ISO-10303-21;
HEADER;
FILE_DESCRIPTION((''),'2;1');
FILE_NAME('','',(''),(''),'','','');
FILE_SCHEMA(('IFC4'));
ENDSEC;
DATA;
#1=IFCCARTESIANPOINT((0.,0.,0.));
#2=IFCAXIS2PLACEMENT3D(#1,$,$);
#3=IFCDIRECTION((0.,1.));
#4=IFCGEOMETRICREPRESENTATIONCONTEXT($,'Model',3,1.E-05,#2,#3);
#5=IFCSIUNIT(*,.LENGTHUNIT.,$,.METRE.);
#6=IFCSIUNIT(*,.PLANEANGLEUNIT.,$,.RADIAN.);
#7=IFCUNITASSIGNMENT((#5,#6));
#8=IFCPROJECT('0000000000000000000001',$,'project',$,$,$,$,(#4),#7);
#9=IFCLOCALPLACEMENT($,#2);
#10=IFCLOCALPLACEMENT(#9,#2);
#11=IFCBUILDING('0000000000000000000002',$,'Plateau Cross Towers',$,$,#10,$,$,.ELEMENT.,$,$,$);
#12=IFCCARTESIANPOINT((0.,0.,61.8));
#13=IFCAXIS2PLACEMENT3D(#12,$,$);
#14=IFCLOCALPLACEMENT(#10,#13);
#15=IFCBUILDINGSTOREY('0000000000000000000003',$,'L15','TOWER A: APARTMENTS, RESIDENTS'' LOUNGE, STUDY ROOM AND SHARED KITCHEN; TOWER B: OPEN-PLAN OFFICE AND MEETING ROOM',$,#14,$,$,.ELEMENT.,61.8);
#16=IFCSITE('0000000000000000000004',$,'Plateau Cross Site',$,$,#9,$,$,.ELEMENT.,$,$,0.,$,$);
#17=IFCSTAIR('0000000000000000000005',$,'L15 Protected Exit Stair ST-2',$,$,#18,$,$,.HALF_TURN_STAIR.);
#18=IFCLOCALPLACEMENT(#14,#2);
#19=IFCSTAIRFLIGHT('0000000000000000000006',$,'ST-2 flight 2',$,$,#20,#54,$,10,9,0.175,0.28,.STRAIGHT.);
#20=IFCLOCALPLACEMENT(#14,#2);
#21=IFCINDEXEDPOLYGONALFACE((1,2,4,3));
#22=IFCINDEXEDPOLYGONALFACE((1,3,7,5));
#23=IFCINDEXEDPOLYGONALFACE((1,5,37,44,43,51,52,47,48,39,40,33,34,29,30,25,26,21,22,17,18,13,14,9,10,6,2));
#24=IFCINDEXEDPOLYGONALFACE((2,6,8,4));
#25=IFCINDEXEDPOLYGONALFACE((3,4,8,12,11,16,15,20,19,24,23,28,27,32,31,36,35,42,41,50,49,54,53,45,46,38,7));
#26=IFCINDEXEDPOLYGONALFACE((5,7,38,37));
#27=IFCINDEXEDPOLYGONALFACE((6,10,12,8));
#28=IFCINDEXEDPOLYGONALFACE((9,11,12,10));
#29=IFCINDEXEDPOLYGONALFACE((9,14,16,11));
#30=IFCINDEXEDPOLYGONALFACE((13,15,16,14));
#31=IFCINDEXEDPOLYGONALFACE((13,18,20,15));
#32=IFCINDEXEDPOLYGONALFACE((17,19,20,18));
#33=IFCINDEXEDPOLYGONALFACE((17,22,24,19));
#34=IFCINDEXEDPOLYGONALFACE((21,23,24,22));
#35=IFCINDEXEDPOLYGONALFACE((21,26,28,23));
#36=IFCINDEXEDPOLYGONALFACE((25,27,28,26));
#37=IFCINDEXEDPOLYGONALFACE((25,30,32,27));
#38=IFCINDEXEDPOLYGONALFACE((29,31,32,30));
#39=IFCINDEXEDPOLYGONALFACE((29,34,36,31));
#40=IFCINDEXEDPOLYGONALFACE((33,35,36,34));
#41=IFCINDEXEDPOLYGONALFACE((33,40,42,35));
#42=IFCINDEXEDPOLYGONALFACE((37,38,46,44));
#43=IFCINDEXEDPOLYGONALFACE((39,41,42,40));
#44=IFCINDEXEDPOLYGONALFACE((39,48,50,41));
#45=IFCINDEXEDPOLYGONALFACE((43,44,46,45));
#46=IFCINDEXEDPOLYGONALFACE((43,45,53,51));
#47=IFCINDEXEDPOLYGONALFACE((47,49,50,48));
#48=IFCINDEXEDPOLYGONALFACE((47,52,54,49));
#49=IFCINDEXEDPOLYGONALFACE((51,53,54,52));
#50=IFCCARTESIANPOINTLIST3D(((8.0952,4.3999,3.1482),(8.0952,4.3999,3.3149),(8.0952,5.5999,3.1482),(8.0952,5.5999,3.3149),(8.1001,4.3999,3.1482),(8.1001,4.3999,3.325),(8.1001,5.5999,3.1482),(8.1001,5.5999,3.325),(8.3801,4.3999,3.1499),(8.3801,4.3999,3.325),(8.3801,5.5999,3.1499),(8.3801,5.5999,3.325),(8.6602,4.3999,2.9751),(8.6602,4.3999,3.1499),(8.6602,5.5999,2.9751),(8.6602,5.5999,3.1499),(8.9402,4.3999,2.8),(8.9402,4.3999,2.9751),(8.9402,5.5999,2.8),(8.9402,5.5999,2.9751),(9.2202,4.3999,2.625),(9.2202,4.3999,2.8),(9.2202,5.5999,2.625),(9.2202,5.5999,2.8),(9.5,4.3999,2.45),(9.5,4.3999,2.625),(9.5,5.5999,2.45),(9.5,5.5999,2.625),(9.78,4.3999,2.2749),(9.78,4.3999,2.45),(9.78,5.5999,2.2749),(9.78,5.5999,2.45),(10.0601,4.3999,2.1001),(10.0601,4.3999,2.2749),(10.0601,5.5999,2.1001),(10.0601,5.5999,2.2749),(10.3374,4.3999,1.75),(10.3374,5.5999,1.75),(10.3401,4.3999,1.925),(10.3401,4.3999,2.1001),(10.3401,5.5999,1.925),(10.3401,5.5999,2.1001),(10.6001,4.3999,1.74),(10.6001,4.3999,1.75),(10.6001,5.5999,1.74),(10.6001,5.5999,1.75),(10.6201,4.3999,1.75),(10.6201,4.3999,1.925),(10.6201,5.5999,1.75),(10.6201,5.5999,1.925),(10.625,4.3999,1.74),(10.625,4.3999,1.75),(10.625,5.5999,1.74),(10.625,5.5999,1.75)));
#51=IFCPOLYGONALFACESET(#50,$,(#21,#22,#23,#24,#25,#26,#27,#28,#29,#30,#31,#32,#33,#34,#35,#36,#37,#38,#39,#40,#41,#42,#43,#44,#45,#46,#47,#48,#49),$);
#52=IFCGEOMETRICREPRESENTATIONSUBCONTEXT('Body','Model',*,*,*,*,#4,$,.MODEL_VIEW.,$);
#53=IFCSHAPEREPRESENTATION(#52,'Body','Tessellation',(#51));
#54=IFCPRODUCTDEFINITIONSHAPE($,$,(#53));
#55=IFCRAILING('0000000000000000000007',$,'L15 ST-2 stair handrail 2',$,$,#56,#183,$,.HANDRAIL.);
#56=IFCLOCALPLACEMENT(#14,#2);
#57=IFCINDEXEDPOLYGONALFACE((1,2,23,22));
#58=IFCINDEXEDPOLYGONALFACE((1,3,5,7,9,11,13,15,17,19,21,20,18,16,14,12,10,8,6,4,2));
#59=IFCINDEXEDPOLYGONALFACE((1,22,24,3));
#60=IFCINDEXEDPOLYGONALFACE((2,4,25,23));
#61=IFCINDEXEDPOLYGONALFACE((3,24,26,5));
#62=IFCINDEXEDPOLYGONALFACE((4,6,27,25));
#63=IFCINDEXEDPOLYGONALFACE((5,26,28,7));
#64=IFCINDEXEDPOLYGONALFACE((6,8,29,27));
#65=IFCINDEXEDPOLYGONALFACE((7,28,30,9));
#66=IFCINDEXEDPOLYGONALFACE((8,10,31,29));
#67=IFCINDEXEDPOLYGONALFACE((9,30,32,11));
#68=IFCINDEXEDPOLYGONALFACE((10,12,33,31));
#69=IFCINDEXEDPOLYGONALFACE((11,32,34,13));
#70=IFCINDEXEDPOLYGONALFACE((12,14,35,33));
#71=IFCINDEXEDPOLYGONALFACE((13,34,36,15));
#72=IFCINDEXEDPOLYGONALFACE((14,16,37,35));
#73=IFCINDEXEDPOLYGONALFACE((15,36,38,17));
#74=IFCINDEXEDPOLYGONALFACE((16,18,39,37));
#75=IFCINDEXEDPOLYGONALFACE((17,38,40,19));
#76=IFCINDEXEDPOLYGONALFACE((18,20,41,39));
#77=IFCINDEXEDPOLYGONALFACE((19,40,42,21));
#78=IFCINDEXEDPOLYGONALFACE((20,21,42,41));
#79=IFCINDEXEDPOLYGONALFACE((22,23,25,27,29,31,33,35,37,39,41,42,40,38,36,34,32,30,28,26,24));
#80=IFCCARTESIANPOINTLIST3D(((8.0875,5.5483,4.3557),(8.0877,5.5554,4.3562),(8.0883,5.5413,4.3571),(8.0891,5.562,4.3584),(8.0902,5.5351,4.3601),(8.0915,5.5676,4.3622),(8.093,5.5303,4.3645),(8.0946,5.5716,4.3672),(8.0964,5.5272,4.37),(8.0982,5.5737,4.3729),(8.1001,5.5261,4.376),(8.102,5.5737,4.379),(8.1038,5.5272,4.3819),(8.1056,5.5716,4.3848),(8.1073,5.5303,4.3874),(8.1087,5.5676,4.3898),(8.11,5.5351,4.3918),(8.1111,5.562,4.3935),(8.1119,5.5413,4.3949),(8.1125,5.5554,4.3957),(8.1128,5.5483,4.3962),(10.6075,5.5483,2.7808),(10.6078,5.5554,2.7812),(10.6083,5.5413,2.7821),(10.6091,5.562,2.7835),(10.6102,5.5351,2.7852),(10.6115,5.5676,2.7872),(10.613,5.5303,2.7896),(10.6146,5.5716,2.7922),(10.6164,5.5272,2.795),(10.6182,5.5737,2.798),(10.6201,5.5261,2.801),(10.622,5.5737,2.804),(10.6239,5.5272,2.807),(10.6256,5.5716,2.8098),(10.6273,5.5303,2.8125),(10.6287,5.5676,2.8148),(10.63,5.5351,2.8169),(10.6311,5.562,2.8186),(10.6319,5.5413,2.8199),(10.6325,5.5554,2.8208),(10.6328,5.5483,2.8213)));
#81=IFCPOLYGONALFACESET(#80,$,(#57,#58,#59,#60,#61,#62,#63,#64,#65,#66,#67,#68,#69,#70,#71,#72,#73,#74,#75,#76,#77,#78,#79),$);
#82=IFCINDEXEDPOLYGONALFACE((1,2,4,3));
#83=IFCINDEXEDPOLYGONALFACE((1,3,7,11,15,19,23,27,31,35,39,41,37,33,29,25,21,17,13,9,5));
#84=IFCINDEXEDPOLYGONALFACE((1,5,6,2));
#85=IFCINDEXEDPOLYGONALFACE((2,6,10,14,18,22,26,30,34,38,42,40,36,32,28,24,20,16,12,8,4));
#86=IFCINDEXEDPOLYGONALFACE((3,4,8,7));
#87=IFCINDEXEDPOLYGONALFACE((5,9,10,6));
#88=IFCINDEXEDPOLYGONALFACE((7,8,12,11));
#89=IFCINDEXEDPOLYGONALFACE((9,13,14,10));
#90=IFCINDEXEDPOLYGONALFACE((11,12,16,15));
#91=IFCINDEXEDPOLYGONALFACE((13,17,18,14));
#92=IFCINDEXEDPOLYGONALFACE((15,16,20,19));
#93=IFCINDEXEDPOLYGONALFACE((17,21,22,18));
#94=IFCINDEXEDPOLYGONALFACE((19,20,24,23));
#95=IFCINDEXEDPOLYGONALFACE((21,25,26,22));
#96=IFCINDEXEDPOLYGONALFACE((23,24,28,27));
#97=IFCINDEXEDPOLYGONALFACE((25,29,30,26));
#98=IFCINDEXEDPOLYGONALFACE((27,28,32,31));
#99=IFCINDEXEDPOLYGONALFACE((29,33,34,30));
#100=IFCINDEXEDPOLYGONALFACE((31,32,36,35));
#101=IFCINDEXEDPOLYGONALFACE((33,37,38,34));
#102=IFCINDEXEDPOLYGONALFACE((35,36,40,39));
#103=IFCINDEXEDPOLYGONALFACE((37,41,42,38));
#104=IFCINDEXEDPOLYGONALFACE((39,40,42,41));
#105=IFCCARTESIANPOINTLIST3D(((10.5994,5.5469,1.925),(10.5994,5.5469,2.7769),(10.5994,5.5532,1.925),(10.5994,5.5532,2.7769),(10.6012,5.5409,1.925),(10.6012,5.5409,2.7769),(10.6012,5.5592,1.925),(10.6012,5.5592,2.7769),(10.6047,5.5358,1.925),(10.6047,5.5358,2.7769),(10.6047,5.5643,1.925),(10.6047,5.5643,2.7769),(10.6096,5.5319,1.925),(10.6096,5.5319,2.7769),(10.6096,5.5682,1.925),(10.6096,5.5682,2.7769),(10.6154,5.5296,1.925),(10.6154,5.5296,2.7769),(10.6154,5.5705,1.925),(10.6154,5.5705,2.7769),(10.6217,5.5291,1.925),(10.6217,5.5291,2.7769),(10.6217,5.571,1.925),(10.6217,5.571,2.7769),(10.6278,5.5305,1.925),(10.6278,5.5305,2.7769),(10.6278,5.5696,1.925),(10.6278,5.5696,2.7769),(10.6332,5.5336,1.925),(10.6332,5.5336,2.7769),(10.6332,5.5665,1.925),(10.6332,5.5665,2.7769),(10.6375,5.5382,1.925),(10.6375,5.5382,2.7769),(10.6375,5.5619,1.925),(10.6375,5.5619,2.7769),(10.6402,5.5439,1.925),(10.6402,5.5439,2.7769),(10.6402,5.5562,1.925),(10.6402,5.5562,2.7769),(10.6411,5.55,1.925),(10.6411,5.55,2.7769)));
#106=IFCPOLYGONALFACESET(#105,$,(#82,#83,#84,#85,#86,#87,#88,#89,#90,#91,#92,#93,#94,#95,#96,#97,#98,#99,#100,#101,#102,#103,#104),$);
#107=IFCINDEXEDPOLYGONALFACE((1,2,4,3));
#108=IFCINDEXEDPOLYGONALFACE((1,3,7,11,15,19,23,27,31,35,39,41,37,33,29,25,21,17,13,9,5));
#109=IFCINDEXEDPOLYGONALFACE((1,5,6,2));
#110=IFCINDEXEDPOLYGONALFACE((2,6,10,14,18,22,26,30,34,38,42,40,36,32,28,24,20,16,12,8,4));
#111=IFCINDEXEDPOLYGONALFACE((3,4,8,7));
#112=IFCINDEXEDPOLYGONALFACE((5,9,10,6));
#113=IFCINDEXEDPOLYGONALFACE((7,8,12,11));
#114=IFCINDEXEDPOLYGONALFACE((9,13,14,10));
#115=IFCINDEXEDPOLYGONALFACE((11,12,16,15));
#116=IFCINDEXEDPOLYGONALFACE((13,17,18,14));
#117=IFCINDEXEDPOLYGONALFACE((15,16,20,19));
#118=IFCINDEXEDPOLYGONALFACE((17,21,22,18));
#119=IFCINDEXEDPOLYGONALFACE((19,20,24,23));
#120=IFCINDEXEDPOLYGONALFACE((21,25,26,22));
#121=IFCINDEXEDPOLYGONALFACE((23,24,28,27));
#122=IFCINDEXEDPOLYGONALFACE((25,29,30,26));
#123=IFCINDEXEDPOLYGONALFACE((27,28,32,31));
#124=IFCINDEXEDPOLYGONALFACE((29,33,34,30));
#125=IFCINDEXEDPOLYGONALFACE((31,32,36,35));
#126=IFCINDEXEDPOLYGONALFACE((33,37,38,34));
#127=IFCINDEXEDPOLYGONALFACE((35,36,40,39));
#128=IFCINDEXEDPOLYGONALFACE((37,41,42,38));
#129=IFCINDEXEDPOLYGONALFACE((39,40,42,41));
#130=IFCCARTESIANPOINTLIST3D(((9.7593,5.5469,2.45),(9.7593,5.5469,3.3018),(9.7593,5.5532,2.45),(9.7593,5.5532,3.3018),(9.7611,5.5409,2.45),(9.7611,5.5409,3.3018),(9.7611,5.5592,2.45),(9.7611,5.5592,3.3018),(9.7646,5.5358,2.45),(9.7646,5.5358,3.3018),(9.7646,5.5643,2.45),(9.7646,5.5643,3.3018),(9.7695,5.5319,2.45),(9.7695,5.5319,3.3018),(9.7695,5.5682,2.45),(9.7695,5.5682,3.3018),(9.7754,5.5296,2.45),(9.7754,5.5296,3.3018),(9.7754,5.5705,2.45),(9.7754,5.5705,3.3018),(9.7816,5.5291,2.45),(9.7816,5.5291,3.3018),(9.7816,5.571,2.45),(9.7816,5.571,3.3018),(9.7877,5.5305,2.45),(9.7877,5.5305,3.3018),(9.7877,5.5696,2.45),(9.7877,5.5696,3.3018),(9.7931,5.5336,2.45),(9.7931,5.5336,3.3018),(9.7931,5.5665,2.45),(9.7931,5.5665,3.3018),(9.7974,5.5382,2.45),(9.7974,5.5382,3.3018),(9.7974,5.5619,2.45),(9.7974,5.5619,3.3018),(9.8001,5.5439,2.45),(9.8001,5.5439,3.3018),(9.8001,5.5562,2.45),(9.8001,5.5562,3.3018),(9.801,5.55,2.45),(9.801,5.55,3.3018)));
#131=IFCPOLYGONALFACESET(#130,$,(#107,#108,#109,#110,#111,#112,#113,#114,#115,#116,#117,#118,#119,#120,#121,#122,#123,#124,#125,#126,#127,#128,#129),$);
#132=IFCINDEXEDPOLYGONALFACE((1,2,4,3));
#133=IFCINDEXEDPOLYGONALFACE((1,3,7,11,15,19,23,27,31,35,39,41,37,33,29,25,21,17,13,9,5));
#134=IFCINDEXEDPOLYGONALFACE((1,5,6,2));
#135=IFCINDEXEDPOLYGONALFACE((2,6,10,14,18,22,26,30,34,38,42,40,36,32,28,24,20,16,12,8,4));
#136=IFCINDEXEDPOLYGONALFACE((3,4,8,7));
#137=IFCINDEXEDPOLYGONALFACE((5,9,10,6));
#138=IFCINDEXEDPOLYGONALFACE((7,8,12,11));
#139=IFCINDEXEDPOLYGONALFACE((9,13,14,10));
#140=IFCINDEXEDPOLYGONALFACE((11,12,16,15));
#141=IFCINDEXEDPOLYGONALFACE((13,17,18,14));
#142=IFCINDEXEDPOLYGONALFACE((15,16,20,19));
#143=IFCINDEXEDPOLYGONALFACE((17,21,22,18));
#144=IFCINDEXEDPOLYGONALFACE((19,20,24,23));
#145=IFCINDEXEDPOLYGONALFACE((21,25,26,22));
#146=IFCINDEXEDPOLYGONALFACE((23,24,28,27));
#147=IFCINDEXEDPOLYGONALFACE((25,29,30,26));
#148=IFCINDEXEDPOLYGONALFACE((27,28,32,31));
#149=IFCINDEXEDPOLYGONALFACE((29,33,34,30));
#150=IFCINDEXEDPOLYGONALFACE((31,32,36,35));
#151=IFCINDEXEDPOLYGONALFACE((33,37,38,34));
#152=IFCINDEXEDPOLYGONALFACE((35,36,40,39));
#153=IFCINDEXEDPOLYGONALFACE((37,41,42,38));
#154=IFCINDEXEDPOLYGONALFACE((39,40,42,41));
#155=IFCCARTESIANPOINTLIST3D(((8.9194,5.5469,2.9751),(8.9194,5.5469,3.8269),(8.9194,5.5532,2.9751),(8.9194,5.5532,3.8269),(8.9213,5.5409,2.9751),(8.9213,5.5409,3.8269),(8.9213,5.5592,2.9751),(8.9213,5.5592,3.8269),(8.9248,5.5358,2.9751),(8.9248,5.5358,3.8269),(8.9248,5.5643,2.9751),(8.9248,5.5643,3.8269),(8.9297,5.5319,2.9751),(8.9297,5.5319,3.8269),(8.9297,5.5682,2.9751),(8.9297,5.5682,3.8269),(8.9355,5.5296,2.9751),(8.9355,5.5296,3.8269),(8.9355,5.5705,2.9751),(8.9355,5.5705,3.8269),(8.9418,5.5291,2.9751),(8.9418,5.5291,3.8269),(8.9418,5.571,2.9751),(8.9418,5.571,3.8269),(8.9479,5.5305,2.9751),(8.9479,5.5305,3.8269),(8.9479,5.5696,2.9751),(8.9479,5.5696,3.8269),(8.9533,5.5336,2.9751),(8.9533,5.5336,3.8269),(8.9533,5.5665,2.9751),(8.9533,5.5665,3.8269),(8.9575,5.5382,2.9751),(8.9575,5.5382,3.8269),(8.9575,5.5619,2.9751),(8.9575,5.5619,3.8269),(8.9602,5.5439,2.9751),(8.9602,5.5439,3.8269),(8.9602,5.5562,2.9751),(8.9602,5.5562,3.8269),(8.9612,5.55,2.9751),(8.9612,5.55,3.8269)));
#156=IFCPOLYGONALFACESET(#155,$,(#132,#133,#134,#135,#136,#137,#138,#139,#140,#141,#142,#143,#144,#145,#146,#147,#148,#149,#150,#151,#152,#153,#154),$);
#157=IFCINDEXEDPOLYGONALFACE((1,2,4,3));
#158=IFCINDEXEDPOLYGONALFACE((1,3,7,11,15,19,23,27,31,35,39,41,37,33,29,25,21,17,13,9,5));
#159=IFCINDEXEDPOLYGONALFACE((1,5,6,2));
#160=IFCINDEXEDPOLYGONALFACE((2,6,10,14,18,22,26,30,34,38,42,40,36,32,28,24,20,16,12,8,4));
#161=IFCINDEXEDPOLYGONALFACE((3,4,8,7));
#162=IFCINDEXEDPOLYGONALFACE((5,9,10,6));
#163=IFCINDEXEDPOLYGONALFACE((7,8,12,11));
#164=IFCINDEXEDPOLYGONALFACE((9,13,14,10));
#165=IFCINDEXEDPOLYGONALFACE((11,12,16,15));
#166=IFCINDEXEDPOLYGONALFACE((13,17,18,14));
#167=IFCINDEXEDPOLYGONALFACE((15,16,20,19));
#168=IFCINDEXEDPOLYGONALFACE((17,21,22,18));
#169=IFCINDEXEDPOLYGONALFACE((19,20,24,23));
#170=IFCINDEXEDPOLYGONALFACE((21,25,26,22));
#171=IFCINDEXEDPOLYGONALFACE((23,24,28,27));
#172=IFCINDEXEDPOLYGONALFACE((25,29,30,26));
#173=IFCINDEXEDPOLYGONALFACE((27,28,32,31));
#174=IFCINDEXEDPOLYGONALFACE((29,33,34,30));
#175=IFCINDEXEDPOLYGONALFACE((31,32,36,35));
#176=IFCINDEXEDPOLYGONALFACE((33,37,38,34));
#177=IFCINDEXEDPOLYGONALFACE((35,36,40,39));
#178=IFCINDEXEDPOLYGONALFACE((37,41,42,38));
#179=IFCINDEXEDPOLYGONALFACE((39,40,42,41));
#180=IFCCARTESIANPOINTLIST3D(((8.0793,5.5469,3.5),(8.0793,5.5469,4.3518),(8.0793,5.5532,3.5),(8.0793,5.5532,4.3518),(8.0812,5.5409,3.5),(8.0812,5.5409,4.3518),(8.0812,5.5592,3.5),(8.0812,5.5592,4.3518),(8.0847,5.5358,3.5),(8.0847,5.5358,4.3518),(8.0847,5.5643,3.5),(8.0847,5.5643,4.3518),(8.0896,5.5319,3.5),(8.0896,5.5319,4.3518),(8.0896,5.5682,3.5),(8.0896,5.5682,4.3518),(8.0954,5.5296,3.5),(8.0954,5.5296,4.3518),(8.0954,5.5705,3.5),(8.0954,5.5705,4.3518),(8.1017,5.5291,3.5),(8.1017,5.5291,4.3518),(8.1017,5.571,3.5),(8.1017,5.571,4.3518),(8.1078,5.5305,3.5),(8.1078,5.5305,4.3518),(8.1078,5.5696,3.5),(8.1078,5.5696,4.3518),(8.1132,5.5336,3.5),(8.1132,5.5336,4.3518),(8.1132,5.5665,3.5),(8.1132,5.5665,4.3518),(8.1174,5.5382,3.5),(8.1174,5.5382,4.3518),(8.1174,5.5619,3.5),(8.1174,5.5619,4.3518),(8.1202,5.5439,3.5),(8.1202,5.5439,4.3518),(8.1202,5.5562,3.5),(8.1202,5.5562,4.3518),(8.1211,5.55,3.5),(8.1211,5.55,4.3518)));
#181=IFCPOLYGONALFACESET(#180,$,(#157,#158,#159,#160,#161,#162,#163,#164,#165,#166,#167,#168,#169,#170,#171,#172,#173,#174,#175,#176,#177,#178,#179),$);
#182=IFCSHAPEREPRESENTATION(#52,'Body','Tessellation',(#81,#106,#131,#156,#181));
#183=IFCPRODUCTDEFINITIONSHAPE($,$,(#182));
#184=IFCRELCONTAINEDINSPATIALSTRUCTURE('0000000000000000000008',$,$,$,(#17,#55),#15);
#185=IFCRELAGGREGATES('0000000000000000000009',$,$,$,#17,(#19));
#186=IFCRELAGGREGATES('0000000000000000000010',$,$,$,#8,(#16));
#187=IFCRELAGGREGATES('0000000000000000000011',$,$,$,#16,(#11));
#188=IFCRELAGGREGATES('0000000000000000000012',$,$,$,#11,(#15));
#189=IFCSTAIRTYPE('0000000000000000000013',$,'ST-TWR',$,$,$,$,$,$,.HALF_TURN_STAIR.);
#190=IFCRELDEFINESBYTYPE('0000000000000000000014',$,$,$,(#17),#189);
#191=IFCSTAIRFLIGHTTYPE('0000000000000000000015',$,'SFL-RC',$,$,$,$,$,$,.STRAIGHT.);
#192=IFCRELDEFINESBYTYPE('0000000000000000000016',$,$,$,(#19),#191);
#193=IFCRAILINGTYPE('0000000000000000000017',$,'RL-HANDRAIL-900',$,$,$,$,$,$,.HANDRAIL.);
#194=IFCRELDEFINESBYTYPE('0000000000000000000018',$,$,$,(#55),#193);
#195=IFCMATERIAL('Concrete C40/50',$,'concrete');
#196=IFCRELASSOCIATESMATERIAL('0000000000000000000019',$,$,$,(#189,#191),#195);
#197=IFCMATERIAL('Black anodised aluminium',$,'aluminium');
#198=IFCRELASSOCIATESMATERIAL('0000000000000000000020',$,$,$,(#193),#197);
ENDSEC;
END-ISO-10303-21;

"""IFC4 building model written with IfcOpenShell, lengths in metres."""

from ifc_helpers import new_model, si_unit, direction, frame, origin, origin_2d, place, context, subcontext, project, spatial, polyline, circle, outline, extrude, material, type_object, element, aggregate, save


model = new_model("IFC4")

# Units and contexts
model_context = context("Model", 3, precision=1e-05, world=origin(), true_north=direction((0.0, 1.0)))
body_context = subcontext(model_context, "Body", "Model", "MODEL_VIEW")
ifc_project = project(units=[si_unit("LENGTHUNIT", "METRE"), si_unit("PLANEANGLEUNIT", "RADIAN")], contexts=[model_context])

# Site, building, storey
site_placement = place(None, origin())
site = spatial("IfcSite", under=ifc_project, at=site_placement, Name="Plateau Cross Site", CompositionType="ELEMENT", RefElevation=0.0)
building_placement = place(site_placement, origin())
building = spatial("IfcBuilding", under=site, at=building_placement, Name="Plateau Cross Towers", CompositionType="ELEMENT")
storey_placement = place(building_placement, frame((0.0, 0.0, 61.8)))
storey = spatial("IfcBuildingStorey", under=building, at=storey_placement, Name="L15", Description="TOWER A: APARTMENTS, RESIDENTS' LOUNGE, STUDY ROOM AND SHARED KITCHEN; TOWER B: OPEN-PLAN OFFICE AND MEETING ROOM", CompositionType="ELEMENT", Elevation=61.8)

# Stair, stair flight
ifc_material_1 = material(Name="Concrete C40/50", Category="concrete")
stair_type = type_object("IfcStairType", Name="ST-TWR", PredefinedType="HALF_TURN_STAIR", material=ifc_material_1)
stair_placement = place(storey_placement, origin())
stair = element("IfcStair", 1, at=stair_placement, inside=storey, type_object=stair_type, Name="L15 Protected Exit Stair ST-2", PredefinedType="HALF_TURN_STAIR")
stair_flight_type = type_object("IfcStairFlightType", Name="SFL-RC", PredefinedType="STRAIGHT", material=ifc_material_1)
stair_flight_placement = place(storey_placement, frame((10.6201, 5.0, 1.75), z_axis=(0.0, 0.0, 1.0), x_axis=(-1.0, 0.0, 0.0)))
stair_flight = element("IfcStairFlight", 2, at=stair_flight_placement, type_object=stair_flight_type, Name="ST-2 flight 2", NumberOfRisers=10, NumberOfTreads=9, PredefinedType="STRAIGHT", RiserHeight=0.175, TreadLength=0.28, context=body_context, shape_type="SweptSolid", body=[
    extrude(outline(polyline([(-0.0049, -0.01), (-0.0049, 0.0), (0.0, 0.0), (0.0, 0.175), (0.28, 0.175), (0.28, 0.3501), (0.5601, 0.3501), (0.5601, 0.5249), (0.8401, 0.5249), (0.8401, 0.7), (1.1201, 0.7), (1.1201, 0.875), (1.3999, 0.875), (1.3999, 1.05), (1.6799, 1.05), (1.6799, 1.2251), (1.96, 1.2251), (1.96, 1.3999), (2.24, 1.3999), (2.24, 1.575), (2.52, 1.575), (2.5249, 1.5649), (2.5249, 1.3982), (2.52, 1.3982), (0.2827, 0.0), (0.02, 0.0), (0.02, -0.01), (-0.0049, -0.01)])), frame((0.0, 0.6001, 0.0), z_axis=(0.0, -1.0, 0.0), x_axis=(1.0, 0.0, 0.0)), (0.0, 0.0, 1.0), 1.2),
])
aggregate(stair, [stair_flight])

# Railing
ifc_material_2 = material(Name="Black anodised aluminium", Category="aluminium")
railing_type = type_object("IfcRailingType", Name="RL-HANDRAIL-900", PredefinedType="HANDRAIL", material=ifc_material_2)
railing_placement = place(storey_placement, frame((10.6201, 5.55, 1.925)))
element("IfcRailing", 3, at=railing_placement, inside=storey, type_object=railing_type, Name="L15 ST-2 stair handrail 2", PredefinedType="HANDRAIL", context=body_context, shape_type="SweptSolid", body=[
    extrude(circle(Radius=0.0239, at=origin_2d()), frame((0.0, 0.0, 0.876), z_axis=(-0.848008, 0.0, 0.529984), x_axis=(0.0, -1.0, 0.0)), (0.0, 0.0, 1.0), 2.9717),
    extrude(circle(Radius=0.021, at=origin_2d()), origin(), (0.0, 0.0, 1.0), 0.8518),
    extrude(circle(Radius=0.021, at=origin_2d()), frame((-0.8401, 0.0, 0.5249)), (0.0, 0.0, 1.0), 0.8518),
    extrude(circle(Radius=0.021, at=origin_2d()), frame((-1.6799, 0.0, 1.05)), (0.0, 0.0, 1.0), 0.8518),
    extrude(circle(Radius=0.021, at=origin_2d()), frame((-2.52, 0.0, 1.575)), (0.0, 0.0, 1.0), 0.8518),
])

save(model, "model.ifc")
